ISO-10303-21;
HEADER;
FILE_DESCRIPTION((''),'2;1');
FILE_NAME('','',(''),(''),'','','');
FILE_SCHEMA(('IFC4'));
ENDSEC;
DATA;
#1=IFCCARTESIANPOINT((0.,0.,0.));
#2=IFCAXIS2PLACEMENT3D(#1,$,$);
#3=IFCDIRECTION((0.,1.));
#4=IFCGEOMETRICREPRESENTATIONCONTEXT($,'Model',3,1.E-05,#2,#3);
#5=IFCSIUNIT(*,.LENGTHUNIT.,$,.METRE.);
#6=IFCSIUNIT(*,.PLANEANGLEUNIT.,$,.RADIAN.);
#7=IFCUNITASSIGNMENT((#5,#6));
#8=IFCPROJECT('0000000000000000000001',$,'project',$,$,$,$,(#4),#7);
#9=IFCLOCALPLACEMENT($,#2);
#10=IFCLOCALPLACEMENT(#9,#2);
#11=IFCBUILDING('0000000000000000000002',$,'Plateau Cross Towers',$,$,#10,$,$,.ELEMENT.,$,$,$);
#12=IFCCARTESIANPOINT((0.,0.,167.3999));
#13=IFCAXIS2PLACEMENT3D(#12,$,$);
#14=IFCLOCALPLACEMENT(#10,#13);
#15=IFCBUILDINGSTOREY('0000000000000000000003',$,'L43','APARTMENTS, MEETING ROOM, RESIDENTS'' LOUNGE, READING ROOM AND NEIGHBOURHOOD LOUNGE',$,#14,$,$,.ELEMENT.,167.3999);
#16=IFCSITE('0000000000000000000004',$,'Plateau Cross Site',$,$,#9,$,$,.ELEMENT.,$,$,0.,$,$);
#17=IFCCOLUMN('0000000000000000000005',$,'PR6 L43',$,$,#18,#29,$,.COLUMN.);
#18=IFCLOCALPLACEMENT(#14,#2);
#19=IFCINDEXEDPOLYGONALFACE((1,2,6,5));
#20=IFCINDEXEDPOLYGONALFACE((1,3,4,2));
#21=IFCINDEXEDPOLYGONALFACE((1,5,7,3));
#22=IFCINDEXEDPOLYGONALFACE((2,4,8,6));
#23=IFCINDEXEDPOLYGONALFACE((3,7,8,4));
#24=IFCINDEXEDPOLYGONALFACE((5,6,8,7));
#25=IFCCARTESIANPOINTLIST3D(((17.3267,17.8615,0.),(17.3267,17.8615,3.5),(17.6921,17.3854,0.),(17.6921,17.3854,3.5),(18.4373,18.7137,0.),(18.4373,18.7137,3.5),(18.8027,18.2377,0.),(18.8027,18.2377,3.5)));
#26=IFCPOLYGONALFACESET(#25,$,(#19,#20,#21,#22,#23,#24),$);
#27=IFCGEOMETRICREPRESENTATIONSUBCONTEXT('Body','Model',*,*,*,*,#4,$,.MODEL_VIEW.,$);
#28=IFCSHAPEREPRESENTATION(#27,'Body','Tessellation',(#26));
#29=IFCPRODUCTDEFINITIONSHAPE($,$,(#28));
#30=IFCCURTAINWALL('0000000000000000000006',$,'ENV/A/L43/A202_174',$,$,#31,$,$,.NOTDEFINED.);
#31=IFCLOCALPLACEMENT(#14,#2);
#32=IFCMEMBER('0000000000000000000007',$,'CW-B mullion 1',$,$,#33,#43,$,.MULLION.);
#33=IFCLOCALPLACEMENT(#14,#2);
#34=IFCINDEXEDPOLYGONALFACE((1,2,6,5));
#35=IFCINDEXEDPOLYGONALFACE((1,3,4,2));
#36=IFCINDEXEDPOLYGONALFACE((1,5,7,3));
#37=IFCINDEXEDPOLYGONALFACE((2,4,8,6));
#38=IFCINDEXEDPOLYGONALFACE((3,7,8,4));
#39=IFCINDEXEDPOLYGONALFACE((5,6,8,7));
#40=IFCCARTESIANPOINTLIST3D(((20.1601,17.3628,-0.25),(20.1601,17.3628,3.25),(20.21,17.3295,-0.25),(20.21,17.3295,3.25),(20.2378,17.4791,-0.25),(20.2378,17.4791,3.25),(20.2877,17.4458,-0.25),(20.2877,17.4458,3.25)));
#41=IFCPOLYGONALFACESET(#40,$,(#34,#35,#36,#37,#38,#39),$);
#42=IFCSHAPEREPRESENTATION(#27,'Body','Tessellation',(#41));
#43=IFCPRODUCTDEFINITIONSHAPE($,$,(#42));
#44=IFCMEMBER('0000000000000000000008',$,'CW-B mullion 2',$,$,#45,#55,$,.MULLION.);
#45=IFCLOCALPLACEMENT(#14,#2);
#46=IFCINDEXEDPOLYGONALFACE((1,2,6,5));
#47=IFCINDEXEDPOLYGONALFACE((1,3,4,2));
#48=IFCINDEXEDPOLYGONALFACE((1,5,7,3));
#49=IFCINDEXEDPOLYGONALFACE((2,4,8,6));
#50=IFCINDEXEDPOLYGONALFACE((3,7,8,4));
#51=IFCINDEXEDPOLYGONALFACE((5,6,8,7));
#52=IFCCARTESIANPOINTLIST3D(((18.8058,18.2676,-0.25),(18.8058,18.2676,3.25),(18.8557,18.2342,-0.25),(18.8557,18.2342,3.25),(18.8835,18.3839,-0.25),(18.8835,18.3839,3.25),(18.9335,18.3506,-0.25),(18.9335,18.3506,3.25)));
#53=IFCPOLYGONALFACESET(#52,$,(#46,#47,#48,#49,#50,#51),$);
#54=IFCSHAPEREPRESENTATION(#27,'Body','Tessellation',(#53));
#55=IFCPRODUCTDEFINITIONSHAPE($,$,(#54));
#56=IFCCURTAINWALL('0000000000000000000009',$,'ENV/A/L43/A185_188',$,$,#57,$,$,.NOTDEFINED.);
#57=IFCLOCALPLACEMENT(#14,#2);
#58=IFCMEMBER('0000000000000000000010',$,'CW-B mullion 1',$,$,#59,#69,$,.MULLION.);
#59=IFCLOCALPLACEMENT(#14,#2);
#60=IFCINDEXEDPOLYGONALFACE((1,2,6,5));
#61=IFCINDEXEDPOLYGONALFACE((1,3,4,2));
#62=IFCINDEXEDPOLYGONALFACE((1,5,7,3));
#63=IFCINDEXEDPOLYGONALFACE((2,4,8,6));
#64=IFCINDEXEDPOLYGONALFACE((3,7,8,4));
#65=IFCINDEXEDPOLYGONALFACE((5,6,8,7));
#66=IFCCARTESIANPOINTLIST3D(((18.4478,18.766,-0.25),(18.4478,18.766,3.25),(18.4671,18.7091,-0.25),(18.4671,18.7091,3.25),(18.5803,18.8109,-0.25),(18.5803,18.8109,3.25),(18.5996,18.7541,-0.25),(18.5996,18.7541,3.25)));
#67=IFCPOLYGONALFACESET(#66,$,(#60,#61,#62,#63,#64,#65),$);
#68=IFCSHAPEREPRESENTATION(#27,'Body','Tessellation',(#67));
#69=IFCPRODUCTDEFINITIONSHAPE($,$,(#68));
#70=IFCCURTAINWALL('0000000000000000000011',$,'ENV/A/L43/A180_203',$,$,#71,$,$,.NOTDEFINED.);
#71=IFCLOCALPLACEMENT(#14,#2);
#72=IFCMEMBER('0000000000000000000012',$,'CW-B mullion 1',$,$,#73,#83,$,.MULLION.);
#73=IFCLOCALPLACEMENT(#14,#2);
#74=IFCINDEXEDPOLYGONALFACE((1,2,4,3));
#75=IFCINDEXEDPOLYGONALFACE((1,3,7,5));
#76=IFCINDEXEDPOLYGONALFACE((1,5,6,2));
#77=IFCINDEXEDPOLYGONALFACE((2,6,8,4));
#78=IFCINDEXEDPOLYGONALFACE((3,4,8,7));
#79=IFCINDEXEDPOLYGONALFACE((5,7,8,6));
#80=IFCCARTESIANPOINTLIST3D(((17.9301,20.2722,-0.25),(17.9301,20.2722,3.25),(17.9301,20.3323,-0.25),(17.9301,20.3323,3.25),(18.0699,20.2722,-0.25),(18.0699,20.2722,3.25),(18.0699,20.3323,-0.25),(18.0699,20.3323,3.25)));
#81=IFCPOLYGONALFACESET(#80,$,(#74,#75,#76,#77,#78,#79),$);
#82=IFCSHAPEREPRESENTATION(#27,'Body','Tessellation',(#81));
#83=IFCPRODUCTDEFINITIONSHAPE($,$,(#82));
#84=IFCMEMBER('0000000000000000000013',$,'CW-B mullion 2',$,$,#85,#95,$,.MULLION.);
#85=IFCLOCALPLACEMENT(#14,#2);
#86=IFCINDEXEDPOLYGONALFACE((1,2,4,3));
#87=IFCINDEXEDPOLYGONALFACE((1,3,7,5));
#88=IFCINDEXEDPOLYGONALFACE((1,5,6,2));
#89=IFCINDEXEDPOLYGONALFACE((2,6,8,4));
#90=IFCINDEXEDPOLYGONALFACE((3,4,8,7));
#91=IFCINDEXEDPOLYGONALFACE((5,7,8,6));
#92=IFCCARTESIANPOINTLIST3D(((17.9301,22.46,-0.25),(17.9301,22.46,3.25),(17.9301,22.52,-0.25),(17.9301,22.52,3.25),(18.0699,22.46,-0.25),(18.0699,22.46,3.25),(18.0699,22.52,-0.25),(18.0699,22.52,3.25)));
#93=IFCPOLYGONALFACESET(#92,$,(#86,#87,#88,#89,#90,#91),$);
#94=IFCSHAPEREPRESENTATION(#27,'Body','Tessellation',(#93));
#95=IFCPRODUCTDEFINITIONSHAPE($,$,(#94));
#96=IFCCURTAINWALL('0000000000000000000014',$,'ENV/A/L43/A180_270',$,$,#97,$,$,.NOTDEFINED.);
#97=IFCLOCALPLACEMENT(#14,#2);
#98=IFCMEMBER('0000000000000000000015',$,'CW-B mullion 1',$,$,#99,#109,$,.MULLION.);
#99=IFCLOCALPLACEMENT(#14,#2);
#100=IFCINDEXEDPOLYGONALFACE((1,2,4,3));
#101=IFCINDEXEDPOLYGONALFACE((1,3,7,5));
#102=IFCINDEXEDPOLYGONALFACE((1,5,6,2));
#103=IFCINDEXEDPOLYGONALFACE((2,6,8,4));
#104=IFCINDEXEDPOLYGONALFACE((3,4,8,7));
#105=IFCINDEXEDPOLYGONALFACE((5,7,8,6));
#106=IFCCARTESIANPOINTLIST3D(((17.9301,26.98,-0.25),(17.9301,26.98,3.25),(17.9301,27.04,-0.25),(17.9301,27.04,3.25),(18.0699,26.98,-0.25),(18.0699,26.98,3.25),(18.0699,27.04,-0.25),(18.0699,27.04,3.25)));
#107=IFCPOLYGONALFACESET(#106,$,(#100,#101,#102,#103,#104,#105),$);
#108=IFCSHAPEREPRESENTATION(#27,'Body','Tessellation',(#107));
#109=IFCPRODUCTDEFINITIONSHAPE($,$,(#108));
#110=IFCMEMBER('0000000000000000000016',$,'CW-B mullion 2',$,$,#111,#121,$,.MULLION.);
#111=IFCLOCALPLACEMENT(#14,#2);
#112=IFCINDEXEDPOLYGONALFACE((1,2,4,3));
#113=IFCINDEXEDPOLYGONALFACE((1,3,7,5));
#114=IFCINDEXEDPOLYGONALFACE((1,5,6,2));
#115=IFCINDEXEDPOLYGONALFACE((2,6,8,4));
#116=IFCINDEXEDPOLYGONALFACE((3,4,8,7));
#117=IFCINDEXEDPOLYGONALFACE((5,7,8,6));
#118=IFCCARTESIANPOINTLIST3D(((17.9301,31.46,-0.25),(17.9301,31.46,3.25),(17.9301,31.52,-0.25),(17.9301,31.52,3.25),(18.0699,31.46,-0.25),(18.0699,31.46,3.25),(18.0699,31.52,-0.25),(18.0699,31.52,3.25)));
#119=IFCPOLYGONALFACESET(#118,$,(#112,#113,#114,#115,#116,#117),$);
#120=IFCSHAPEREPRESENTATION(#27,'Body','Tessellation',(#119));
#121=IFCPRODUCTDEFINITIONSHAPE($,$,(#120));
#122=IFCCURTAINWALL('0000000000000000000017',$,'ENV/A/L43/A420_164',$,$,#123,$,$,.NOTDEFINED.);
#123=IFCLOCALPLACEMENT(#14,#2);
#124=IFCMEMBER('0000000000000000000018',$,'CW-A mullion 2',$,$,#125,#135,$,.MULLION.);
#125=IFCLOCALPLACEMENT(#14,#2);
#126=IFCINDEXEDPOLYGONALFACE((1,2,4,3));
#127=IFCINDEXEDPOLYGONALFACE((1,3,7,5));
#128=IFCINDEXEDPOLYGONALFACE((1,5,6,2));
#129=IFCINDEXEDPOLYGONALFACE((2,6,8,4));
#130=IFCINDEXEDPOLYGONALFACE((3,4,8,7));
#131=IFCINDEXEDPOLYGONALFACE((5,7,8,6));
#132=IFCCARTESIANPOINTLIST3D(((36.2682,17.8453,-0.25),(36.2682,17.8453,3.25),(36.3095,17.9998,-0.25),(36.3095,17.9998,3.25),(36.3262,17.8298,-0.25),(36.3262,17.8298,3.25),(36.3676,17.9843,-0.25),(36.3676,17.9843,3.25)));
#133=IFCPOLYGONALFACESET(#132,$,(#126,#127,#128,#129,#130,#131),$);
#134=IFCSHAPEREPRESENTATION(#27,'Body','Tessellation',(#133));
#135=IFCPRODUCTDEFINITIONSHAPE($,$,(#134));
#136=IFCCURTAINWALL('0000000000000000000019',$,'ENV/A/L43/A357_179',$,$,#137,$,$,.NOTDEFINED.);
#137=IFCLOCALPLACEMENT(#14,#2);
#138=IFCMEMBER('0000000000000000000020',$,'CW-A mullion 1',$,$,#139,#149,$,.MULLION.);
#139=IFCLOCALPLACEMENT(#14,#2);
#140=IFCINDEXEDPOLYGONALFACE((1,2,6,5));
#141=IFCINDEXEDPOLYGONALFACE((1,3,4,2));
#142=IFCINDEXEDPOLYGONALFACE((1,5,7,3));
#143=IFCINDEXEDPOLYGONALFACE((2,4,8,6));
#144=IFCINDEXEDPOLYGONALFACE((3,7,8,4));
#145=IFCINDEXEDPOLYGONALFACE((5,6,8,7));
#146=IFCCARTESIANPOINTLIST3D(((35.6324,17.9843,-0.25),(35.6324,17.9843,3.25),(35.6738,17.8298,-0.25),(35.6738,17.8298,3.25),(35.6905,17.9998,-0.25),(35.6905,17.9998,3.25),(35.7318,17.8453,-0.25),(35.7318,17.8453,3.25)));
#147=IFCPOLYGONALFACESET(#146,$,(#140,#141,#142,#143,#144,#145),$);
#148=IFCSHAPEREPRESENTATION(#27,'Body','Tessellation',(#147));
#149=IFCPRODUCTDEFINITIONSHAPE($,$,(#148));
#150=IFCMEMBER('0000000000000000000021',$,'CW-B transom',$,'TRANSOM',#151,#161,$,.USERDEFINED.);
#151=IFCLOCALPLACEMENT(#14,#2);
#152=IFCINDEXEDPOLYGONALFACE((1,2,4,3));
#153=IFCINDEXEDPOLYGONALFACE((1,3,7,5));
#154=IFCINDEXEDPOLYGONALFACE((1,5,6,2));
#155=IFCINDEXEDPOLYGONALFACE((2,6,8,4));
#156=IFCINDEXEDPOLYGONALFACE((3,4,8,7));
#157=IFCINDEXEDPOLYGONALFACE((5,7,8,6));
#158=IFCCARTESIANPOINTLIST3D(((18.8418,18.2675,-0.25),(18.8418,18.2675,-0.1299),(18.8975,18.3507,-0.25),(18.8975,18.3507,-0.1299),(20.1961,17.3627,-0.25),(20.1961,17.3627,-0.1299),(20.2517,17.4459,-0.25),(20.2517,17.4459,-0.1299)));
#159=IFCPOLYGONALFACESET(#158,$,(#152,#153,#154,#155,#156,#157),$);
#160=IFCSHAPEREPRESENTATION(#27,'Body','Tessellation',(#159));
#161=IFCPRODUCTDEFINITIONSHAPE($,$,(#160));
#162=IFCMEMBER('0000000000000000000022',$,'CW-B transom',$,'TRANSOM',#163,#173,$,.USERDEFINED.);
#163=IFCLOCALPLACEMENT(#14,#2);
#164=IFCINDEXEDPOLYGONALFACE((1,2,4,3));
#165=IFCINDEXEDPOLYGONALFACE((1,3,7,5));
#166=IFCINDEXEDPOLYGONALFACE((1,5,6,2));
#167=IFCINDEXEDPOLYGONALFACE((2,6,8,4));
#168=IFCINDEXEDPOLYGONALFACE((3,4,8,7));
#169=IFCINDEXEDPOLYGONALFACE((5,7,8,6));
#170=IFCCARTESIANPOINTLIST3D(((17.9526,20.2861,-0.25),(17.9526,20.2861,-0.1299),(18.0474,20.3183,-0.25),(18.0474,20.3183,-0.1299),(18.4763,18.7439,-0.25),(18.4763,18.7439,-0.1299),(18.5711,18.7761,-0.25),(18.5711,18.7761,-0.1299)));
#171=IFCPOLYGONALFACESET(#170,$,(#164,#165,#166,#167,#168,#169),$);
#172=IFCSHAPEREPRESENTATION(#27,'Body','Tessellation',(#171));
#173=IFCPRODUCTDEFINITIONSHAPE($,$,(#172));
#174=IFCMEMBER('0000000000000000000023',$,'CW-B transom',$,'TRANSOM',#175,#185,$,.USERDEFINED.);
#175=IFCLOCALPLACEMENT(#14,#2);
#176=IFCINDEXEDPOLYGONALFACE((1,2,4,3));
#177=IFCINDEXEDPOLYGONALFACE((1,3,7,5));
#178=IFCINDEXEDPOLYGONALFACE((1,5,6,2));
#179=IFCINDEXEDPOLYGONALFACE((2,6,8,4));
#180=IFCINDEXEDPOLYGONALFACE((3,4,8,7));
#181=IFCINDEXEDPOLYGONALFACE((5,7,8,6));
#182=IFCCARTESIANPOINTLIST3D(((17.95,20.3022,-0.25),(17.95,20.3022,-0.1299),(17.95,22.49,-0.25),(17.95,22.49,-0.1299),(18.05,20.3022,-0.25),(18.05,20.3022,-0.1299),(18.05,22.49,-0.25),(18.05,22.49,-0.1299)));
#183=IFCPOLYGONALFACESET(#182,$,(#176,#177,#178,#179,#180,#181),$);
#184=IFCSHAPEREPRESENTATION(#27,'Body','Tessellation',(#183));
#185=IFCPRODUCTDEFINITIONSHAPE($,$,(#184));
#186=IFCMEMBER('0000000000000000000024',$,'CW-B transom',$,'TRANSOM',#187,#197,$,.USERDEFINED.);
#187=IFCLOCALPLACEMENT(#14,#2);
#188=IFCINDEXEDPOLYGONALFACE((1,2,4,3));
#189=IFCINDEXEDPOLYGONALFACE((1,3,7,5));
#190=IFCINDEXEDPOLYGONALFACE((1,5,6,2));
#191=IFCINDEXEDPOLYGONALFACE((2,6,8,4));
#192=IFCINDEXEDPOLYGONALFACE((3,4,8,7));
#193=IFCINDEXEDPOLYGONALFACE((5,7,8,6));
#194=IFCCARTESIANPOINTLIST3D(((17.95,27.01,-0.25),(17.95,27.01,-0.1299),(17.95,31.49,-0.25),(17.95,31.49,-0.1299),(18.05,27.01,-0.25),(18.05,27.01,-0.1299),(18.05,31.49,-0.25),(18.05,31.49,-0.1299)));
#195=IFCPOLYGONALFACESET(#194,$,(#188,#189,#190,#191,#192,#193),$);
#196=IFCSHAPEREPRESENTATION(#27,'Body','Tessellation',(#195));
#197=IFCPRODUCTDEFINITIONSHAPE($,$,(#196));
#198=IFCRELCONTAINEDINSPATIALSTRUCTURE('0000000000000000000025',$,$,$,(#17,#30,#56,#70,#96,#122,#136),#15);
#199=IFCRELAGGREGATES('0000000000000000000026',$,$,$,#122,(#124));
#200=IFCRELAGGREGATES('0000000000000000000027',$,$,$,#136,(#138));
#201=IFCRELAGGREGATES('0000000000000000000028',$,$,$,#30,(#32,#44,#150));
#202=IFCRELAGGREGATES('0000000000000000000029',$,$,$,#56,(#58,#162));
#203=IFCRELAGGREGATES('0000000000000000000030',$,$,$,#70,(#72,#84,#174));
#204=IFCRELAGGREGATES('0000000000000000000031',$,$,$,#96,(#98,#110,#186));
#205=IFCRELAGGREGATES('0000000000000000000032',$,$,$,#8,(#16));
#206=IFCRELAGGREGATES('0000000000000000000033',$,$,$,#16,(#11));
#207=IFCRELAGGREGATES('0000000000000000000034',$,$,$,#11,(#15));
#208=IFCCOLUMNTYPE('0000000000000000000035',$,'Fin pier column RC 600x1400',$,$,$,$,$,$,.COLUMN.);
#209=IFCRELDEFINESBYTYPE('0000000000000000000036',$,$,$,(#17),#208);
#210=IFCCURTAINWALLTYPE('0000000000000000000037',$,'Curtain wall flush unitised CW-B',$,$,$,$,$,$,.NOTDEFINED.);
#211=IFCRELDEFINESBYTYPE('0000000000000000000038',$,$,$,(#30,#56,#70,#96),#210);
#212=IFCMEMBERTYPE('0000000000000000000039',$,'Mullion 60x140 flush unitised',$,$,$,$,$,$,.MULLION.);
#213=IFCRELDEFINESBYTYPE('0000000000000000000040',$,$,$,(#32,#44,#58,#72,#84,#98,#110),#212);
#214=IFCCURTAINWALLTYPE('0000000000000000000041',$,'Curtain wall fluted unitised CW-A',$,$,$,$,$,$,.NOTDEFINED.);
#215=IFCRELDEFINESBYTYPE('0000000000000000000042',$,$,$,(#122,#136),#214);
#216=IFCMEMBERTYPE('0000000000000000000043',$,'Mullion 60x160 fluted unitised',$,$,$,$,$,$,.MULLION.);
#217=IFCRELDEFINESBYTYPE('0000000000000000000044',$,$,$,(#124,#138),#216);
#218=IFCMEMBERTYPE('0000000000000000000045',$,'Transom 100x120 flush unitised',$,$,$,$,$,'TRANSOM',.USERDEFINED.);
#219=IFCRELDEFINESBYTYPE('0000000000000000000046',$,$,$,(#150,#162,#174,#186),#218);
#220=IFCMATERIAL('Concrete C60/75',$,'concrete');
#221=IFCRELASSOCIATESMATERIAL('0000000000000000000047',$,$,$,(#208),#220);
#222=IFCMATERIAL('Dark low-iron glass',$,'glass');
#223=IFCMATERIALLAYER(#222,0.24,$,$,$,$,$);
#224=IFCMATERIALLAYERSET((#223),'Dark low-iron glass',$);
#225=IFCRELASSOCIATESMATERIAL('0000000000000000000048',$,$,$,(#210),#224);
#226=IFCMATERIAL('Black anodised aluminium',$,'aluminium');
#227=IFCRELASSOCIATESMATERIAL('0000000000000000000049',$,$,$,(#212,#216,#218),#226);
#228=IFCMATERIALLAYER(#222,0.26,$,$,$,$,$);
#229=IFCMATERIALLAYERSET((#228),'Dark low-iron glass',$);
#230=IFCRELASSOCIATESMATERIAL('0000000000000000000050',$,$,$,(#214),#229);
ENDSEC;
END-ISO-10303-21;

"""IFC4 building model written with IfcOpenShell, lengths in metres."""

from ifc_helpers import new_model, si_unit, direction, frame, origin, origin_2d, place, context, subcontext, project, spatial, rectangle, extrude, material, layer, layer_set, material_profile, profile_set, type_object, element, aggregate, save


model = new_model("IFC4")

# Units and contexts
model_context = context("Model", 3, precision=1e-05, world=origin(), true_north=direction((0.0, 1.0)))
body_context = subcontext(model_context, "Body", "Model", "MODEL_VIEW")
ifc_project = project(units=[si_unit("LENGTHUNIT", "METRE"), si_unit("PLANEANGLEUNIT", "RADIAN")], contexts=[model_context])

# Site, building, storey
site_placement = place(None, origin())
site = spatial("IfcSite", under=ifc_project, at=site_placement, Name="Plateau Cross Site", CompositionType="ELEMENT", RefElevation=0.0)
building_placement = place(site_placement, origin())
building = spatial("IfcBuilding", under=site, at=building_placement, Name="Plateau Cross Towers", CompositionType="ELEMENT")
storey_placement = place(building_placement, frame((0.0, 0.0, 167.3999)))
storey = spatial("IfcBuildingStorey", under=building, at=storey_placement, Name="L43", Description="APARTMENTS, MEETING ROOM, RESIDENTS' LOUNGE, READING ROOM AND NEIGHBOURHOOD LOUNGE", CompositionType="ELEMENT", Elevation=167.3999)

# Column
ifc_material_1 = material(Name="Concrete C60/75", Category="concrete")
ifc_material_profile_1 = material_profile(ifc_material_1, rectangle(XDim=0.6001, YDim=1.3999, at=origin_2d()), Name="RC 600x1400")
ifc_profile_set_1 = profile_set([ifc_material_profile_1], Name="Concrete C60/75")
column_type = type_object("IfcColumnType", Name="Fin pier column RC 600x1400", PredefinedType="COLUMN", material=ifc_profile_set_1)
column_placement = place(storey_placement, frame((18.0647, 18.0496, 0.0), z_axis=(0.0, 0.0, 1.0), x_axis=(-0.608811, 0.793315, 0.0)))
element("IfcColumn", 1, at=column_placement, inside=storey, type_object=column_type, Name="PR6 L43", PredefinedType="COLUMN", context=body_context, shape_type="SweptSolid", body=[
    extrude(rectangle(XDim=0.6001, YDim=1.3999, at=origin_2d()), origin(), (0.0, 0.0, 1.0), 3.5),
])

# Curtain wall, members
ifc_material_2 = material(Name="Dark low-iron glass", Category="glass")
ifc_layer_1 = layer(ifc_material_2, 0.24)
ifc_layer_set_1 = layer_set([ifc_layer_1], Name="Dark low-iron glass")
curtain_wall_type_1 = type_object("IfcCurtainWallType", Name="Curtain wall flush unitised CW-B", PredefinedType="NOTDEFINED", material=ifc_layer_set_1)
curtain_wall_1_placement = place(storey_placement, origin())
curtain_wall_1 = element("IfcCurtainWall", 2, at=curtain_wall_1_placement, inside=storey, type_object=curtain_wall_type_1, Name="ENV/A/L43/A202_174", PredefinedType="NOTDEFINED")
ifc_material_3 = material(Name="Black anodised aluminium", Category="aluminium")
ifc_material_profile_2 = material_profile(ifc_material_3, rectangle(XDim=0.0601, YDim=0.1399, at=origin_2d()), Name="MULLION 60x140")
ifc_profile_set_2 = profile_set([ifc_material_profile_2], Name="Black anodised aluminium")
member_type_1 = type_object("IfcMemberType", Name="Mullion 60x140 flush unitised", PredefinedType="MULLION", material=ifc_profile_set_2)
member_1_placement = place(storey_placement, frame((20.2239, 17.4043, -0.25), z_axis=(0.0, 0.0, 1.0), x_axis=(-0.831521, 0.555493, 0.0)))
member_1 = element("IfcMember", 3, at=member_1_placement, type_object=member_type_1, Name="CW-B mullion 1", PredefinedType="MULLION", context=body_context, shape_type="SweptSolid", body=[
    extrude(rectangle(XDim=0.0601, YDim=0.1399, at=origin_2d()), origin(), (0.0, 0.0, 1.0), 3.5),
])
member_2_placement = place(storey_placement, frame((18.8696, 18.3091, -0.25), z_axis=(0.0, 0.0, 1.0), x_axis=(-0.831521, 0.555493, 0.0)))
member_2 = element("IfcMember", 4, at=member_2_placement, type_object=member_type_1, Name="CW-B mullion 2", PredefinedType="MULLION", context=body_context, shape_type="SweptSolid", body=[
    extrude(rectangle(XDim=0.0601, YDim=0.1399, at=origin_2d()), origin(), (0.0, 0.0, 1.0), 3.5),
])

# Curtain wall, member
curtain_wall_2_placement = place(storey_placement, origin())
curtain_wall_2 = element("IfcCurtainWall", 5, at=curtain_wall_2_placement, inside=storey, type_object=curtain_wall_type_1, Name="ENV/A/L43/A185_188", PredefinedType="NOTDEFINED")
member_3_placement = place(storey_placement, frame((18.5237, 18.76, -0.25), z_axis=(0.0, 0.0, 1.0), x_axis=(-0.321469, 0.94692, 0.0)))
member_3 = element("IfcMember", 6, at=member_3_placement, type_object=member_type_1, Name="CW-B mullion 1", PredefinedType="MULLION", context=body_context, shape_type="SweptSolid", body=[
    extrude(rectangle(XDim=0.0601, YDim=0.1399, at=origin_2d()), origin(), (0.0, 0.0, 1.0), 3.5),
])

# Curtain walls, members
curtain_wall_3_placement = place(storey_placement, origin())
curtain_wall_3 = element("IfcCurtainWall", 7, at=curtain_wall_3_placement, inside=storey, type_object=curtain_wall_type_1, Name="ENV/A/L43/A180_203", PredefinedType="NOTDEFINED")
member_4_placement = place(storey_placement, frame((18.0, 20.3022, -0.25), z_axis=(0.0, 0.0, 1.0), x_axis=(0.0, 1.0, 0.0)))
member_4 = element("IfcMember", 8, at=member_4_placement, type_object=member_type_1, Name="CW-B mullion 1", PredefinedType="MULLION", context=body_context, shape_type="SweptSolid", body=[
    extrude(rectangle(XDim=0.0601, YDim=0.1399, at=origin_2d()), origin(), (0.0, 0.0, 1.0), 3.5),
])
member_5_placement = place(storey_placement, frame((18.0, 22.49, -0.25), z_axis=(0.0, 0.0, 1.0), x_axis=(0.0, 1.0, 0.0)))
member_5 = element("IfcMember", 9, at=member_5_placement, type_object=member_type_1, Name="CW-B mullion 2", PredefinedType="MULLION", context=body_context, shape_type="SweptSolid", body=[
    extrude(rectangle(XDim=0.0601, YDim=0.1399, at=origin_2d()), origin(), (0.0, 0.0, 1.0), 3.5),
])
curtain_wall_4_placement = place(storey_placement, origin())
curtain_wall_4 = element("IfcCurtainWall", 10, at=curtain_wall_4_placement, inside=storey, type_object=curtain_wall_type_1, Name="ENV/A/L43/A180_270", PredefinedType="NOTDEFINED")
member_6_placement = place(storey_placement, frame((18.0, 27.01, -0.25), z_axis=(0.0, 0.0, 1.0), x_axis=(0.0, 1.0, 0.0)))
member_6 = element("IfcMember", 11, at=member_6_placement, type_object=member_type_1, Name="CW-B mullion 1", PredefinedType="MULLION", context=body_context, shape_type="SweptSolid", body=[
    extrude(rectangle(XDim=0.0601, YDim=0.1399, at=origin_2d()), origin(), (0.0, 0.0, 1.0), 3.5),
])
member_7_placement = place(storey_placement, frame((18.0, 31.49, -0.25), z_axis=(0.0, 0.0, 1.0), x_axis=(0.0, 1.0, 0.0)))
member_7 = element("IfcMember", 12, at=member_7_placement, type_object=member_type_1, Name="CW-B mullion 2", PredefinedType="MULLION", context=body_context, shape_type="SweptSolid", body=[
    extrude(rectangle(XDim=0.0601, YDim=0.1399, at=origin_2d()), origin(), (0.0, 0.0, 1.0), 3.5),
])

# Curtain walls, members
ifc_layer_2 = layer(ifc_material_2, 0.26)
ifc_layer_set_2 = layer_set([ifc_layer_2], Name="Dark low-iron glass")
curtain_wall_type_2 = type_object("IfcCurtainWallType", Name="Curtain wall fluted unitised CW-A", PredefinedType="NOTDEFINED", material=ifc_layer_set_2)
curtain_wall_5_placement = place(storey_placement, origin())
curtain_wall_5 = element("IfcCurtainWall", 13, at=curtain_wall_5_placement, inside=storey, type_object=curtain_wall_type_2, Name="ENV/A/L43/A420_164", PredefinedType="NOTDEFINED")
ifc_material_profile_3 = material_profile(ifc_material_3, rectangle(XDim=0.0601, YDim=0.1599, at=origin_2d()), Name="MULLION 60x160")
ifc_profile_set_3 = profile_set([ifc_material_profile_3], Name="Black anodised aluminium")
member_type_2 = type_object("IfcMemberType", Name="Mullion 60x160 fluted unitised", PredefinedType="MULLION", material=ifc_profile_set_3)
member_8_placement = place(storey_placement, frame((36.3179, 17.9148, -0.25), z_axis=(0.0, 0.0, 1.0), x_axis=(-0.965958, 0.258699, 0.0)))
member_8 = element("IfcMember", 14, at=member_8_placement, type_object=member_type_2, Name="CW-A mullion 2", PredefinedType="MULLION", context=body_context, shape_type="SweptSolid", body=[
    extrude(rectangle(XDim=0.0601, YDim=0.1599, at=origin_2d()), origin(), (0.0, 0.0, 1.0), 3.5),
])
aggregate(curtain_wall_5, [member_8])
curtain_wall_6_placement = place(storey_placement, origin())
curtain_wall_6 = element("IfcCurtainWall", 15, at=curtain_wall_6_placement, inside=storey, type_object=curtain_wall_type_2, Name="ENV/A/L43/A357_179", PredefinedType="NOTDEFINED")
member_9_placement = place(storey_placement, frame((35.6821, 17.9148, -0.25), z_axis=(0.0, 0.0, 1.0), x_axis=(-0.965958, -0.258699, 0.0)))
member_9 = element("IfcMember", 16, at=member_9_placement, type_object=member_type_2, Name="CW-A mullion 1", PredefinedType="MULLION", context=body_context, shape_type="SweptSolid", body=[
    extrude(rectangle(XDim=0.0601, YDim=0.1599, at=origin_2d()), origin(), (0.0, 0.0, 1.0), 3.5),
])

# Members
ifc_material_profile_4 = material_profile(ifc_material_3, rectangle(XDim=0.1001, YDim=0.1201, at=origin_2d()), Name="TRANSOM 100x120")
ifc_profile_set_4 = profile_set([ifc_material_profile_4], Name="Black anodised aluminium")
member_type_3 = type_object("IfcMemberType", Name="Transom 100x120 flush unitised", ElementType="TRANSOM", PredefinedType="USERDEFINED", material=ifc_profile_set_4)
member_10_placement = place(storey_placement, frame((20.2239, 17.4043, -0.1899), z_axis=(-0.831496, 0.55553, 0.0), x_axis=(-0.55553, -0.831496, 0.0)))
member_10 = element("IfcMember", 17, at=member_10_placement, type_object=member_type_3, Name="CW-B transom", ObjectType="TRANSOM", PredefinedType="USERDEFINED", context=body_context, shape_type="SweptSolid", body=[
    extrude(rectangle(XDim=0.1001, YDim=0.1201, at=origin_2d()), origin(), (0.0, 0.0, 1.0), 1.6287),
])
member_11_placement = place(storey_placement, frame((18.5237, 18.76, -0.1899), z_axis=(-0.321529, 0.9469, 0.0), x_axis=(-0.9469, -0.321529, 0.0)))
member_11 = element("IfcMember", 18, at=member_11_placement, type_object=member_type_3, Name="CW-B transom", ObjectType="TRANSOM", PredefinedType="USERDEFINED", context=body_context, shape_type="SweptSolid", body=[
    extrude(rectangle(XDim=0.1001, YDim=0.1201, at=origin_2d()), origin(), (0.0, 0.0, 1.0), 1.6287),
])
member_12_placement = place(storey_placement, frame((18.0, 20.3022, -0.1899), z_axis=(0.0, 1.0, 0.0), x_axis=(-1.0, 0.0, 0.0)))
member_12 = element("IfcMember", 19, at=member_12_placement, type_object=member_type_3, Name="CW-B transom", ObjectType="TRANSOM", PredefinedType="USERDEFINED", context=body_context, shape_type="SweptSolid", body=[
    extrude(rectangle(XDim=0.1001, YDim=0.1201, at=origin_2d()), origin(), (0.0, 0.0, 1.0), 2.1877),
])
member_13_placement = place(storey_placement, frame((18.0, 27.01, -0.1899), z_axis=(0.0, 1.0, 0.0), x_axis=(-1.0, 0.0, 0.0)))
member_13 = element("IfcMember", 20, at=member_13_placement, type_object=member_type_3, Name="CW-B transom", ObjectType="TRANSOM", PredefinedType="USERDEFINED", context=body_context, shape_type="SweptSolid", body=[
    extrude(rectangle(XDim=0.1001, YDim=0.1201, at=origin_2d()), origin(), (0.0, 0.0, 1.0), 4.48),
])
aggregate(curtain_wall_6, [member_9])

aggregate(curtain_wall_1, [member_1, member_2, member_10])
aggregate(curtain_wall_2, [member_3, member_11])
aggregate(curtain_wall_3, [member_4, member_5, member_12])
aggregate(curtain_wall_4, [member_6, member_7, member_13])

save(model, "model.ifc")
